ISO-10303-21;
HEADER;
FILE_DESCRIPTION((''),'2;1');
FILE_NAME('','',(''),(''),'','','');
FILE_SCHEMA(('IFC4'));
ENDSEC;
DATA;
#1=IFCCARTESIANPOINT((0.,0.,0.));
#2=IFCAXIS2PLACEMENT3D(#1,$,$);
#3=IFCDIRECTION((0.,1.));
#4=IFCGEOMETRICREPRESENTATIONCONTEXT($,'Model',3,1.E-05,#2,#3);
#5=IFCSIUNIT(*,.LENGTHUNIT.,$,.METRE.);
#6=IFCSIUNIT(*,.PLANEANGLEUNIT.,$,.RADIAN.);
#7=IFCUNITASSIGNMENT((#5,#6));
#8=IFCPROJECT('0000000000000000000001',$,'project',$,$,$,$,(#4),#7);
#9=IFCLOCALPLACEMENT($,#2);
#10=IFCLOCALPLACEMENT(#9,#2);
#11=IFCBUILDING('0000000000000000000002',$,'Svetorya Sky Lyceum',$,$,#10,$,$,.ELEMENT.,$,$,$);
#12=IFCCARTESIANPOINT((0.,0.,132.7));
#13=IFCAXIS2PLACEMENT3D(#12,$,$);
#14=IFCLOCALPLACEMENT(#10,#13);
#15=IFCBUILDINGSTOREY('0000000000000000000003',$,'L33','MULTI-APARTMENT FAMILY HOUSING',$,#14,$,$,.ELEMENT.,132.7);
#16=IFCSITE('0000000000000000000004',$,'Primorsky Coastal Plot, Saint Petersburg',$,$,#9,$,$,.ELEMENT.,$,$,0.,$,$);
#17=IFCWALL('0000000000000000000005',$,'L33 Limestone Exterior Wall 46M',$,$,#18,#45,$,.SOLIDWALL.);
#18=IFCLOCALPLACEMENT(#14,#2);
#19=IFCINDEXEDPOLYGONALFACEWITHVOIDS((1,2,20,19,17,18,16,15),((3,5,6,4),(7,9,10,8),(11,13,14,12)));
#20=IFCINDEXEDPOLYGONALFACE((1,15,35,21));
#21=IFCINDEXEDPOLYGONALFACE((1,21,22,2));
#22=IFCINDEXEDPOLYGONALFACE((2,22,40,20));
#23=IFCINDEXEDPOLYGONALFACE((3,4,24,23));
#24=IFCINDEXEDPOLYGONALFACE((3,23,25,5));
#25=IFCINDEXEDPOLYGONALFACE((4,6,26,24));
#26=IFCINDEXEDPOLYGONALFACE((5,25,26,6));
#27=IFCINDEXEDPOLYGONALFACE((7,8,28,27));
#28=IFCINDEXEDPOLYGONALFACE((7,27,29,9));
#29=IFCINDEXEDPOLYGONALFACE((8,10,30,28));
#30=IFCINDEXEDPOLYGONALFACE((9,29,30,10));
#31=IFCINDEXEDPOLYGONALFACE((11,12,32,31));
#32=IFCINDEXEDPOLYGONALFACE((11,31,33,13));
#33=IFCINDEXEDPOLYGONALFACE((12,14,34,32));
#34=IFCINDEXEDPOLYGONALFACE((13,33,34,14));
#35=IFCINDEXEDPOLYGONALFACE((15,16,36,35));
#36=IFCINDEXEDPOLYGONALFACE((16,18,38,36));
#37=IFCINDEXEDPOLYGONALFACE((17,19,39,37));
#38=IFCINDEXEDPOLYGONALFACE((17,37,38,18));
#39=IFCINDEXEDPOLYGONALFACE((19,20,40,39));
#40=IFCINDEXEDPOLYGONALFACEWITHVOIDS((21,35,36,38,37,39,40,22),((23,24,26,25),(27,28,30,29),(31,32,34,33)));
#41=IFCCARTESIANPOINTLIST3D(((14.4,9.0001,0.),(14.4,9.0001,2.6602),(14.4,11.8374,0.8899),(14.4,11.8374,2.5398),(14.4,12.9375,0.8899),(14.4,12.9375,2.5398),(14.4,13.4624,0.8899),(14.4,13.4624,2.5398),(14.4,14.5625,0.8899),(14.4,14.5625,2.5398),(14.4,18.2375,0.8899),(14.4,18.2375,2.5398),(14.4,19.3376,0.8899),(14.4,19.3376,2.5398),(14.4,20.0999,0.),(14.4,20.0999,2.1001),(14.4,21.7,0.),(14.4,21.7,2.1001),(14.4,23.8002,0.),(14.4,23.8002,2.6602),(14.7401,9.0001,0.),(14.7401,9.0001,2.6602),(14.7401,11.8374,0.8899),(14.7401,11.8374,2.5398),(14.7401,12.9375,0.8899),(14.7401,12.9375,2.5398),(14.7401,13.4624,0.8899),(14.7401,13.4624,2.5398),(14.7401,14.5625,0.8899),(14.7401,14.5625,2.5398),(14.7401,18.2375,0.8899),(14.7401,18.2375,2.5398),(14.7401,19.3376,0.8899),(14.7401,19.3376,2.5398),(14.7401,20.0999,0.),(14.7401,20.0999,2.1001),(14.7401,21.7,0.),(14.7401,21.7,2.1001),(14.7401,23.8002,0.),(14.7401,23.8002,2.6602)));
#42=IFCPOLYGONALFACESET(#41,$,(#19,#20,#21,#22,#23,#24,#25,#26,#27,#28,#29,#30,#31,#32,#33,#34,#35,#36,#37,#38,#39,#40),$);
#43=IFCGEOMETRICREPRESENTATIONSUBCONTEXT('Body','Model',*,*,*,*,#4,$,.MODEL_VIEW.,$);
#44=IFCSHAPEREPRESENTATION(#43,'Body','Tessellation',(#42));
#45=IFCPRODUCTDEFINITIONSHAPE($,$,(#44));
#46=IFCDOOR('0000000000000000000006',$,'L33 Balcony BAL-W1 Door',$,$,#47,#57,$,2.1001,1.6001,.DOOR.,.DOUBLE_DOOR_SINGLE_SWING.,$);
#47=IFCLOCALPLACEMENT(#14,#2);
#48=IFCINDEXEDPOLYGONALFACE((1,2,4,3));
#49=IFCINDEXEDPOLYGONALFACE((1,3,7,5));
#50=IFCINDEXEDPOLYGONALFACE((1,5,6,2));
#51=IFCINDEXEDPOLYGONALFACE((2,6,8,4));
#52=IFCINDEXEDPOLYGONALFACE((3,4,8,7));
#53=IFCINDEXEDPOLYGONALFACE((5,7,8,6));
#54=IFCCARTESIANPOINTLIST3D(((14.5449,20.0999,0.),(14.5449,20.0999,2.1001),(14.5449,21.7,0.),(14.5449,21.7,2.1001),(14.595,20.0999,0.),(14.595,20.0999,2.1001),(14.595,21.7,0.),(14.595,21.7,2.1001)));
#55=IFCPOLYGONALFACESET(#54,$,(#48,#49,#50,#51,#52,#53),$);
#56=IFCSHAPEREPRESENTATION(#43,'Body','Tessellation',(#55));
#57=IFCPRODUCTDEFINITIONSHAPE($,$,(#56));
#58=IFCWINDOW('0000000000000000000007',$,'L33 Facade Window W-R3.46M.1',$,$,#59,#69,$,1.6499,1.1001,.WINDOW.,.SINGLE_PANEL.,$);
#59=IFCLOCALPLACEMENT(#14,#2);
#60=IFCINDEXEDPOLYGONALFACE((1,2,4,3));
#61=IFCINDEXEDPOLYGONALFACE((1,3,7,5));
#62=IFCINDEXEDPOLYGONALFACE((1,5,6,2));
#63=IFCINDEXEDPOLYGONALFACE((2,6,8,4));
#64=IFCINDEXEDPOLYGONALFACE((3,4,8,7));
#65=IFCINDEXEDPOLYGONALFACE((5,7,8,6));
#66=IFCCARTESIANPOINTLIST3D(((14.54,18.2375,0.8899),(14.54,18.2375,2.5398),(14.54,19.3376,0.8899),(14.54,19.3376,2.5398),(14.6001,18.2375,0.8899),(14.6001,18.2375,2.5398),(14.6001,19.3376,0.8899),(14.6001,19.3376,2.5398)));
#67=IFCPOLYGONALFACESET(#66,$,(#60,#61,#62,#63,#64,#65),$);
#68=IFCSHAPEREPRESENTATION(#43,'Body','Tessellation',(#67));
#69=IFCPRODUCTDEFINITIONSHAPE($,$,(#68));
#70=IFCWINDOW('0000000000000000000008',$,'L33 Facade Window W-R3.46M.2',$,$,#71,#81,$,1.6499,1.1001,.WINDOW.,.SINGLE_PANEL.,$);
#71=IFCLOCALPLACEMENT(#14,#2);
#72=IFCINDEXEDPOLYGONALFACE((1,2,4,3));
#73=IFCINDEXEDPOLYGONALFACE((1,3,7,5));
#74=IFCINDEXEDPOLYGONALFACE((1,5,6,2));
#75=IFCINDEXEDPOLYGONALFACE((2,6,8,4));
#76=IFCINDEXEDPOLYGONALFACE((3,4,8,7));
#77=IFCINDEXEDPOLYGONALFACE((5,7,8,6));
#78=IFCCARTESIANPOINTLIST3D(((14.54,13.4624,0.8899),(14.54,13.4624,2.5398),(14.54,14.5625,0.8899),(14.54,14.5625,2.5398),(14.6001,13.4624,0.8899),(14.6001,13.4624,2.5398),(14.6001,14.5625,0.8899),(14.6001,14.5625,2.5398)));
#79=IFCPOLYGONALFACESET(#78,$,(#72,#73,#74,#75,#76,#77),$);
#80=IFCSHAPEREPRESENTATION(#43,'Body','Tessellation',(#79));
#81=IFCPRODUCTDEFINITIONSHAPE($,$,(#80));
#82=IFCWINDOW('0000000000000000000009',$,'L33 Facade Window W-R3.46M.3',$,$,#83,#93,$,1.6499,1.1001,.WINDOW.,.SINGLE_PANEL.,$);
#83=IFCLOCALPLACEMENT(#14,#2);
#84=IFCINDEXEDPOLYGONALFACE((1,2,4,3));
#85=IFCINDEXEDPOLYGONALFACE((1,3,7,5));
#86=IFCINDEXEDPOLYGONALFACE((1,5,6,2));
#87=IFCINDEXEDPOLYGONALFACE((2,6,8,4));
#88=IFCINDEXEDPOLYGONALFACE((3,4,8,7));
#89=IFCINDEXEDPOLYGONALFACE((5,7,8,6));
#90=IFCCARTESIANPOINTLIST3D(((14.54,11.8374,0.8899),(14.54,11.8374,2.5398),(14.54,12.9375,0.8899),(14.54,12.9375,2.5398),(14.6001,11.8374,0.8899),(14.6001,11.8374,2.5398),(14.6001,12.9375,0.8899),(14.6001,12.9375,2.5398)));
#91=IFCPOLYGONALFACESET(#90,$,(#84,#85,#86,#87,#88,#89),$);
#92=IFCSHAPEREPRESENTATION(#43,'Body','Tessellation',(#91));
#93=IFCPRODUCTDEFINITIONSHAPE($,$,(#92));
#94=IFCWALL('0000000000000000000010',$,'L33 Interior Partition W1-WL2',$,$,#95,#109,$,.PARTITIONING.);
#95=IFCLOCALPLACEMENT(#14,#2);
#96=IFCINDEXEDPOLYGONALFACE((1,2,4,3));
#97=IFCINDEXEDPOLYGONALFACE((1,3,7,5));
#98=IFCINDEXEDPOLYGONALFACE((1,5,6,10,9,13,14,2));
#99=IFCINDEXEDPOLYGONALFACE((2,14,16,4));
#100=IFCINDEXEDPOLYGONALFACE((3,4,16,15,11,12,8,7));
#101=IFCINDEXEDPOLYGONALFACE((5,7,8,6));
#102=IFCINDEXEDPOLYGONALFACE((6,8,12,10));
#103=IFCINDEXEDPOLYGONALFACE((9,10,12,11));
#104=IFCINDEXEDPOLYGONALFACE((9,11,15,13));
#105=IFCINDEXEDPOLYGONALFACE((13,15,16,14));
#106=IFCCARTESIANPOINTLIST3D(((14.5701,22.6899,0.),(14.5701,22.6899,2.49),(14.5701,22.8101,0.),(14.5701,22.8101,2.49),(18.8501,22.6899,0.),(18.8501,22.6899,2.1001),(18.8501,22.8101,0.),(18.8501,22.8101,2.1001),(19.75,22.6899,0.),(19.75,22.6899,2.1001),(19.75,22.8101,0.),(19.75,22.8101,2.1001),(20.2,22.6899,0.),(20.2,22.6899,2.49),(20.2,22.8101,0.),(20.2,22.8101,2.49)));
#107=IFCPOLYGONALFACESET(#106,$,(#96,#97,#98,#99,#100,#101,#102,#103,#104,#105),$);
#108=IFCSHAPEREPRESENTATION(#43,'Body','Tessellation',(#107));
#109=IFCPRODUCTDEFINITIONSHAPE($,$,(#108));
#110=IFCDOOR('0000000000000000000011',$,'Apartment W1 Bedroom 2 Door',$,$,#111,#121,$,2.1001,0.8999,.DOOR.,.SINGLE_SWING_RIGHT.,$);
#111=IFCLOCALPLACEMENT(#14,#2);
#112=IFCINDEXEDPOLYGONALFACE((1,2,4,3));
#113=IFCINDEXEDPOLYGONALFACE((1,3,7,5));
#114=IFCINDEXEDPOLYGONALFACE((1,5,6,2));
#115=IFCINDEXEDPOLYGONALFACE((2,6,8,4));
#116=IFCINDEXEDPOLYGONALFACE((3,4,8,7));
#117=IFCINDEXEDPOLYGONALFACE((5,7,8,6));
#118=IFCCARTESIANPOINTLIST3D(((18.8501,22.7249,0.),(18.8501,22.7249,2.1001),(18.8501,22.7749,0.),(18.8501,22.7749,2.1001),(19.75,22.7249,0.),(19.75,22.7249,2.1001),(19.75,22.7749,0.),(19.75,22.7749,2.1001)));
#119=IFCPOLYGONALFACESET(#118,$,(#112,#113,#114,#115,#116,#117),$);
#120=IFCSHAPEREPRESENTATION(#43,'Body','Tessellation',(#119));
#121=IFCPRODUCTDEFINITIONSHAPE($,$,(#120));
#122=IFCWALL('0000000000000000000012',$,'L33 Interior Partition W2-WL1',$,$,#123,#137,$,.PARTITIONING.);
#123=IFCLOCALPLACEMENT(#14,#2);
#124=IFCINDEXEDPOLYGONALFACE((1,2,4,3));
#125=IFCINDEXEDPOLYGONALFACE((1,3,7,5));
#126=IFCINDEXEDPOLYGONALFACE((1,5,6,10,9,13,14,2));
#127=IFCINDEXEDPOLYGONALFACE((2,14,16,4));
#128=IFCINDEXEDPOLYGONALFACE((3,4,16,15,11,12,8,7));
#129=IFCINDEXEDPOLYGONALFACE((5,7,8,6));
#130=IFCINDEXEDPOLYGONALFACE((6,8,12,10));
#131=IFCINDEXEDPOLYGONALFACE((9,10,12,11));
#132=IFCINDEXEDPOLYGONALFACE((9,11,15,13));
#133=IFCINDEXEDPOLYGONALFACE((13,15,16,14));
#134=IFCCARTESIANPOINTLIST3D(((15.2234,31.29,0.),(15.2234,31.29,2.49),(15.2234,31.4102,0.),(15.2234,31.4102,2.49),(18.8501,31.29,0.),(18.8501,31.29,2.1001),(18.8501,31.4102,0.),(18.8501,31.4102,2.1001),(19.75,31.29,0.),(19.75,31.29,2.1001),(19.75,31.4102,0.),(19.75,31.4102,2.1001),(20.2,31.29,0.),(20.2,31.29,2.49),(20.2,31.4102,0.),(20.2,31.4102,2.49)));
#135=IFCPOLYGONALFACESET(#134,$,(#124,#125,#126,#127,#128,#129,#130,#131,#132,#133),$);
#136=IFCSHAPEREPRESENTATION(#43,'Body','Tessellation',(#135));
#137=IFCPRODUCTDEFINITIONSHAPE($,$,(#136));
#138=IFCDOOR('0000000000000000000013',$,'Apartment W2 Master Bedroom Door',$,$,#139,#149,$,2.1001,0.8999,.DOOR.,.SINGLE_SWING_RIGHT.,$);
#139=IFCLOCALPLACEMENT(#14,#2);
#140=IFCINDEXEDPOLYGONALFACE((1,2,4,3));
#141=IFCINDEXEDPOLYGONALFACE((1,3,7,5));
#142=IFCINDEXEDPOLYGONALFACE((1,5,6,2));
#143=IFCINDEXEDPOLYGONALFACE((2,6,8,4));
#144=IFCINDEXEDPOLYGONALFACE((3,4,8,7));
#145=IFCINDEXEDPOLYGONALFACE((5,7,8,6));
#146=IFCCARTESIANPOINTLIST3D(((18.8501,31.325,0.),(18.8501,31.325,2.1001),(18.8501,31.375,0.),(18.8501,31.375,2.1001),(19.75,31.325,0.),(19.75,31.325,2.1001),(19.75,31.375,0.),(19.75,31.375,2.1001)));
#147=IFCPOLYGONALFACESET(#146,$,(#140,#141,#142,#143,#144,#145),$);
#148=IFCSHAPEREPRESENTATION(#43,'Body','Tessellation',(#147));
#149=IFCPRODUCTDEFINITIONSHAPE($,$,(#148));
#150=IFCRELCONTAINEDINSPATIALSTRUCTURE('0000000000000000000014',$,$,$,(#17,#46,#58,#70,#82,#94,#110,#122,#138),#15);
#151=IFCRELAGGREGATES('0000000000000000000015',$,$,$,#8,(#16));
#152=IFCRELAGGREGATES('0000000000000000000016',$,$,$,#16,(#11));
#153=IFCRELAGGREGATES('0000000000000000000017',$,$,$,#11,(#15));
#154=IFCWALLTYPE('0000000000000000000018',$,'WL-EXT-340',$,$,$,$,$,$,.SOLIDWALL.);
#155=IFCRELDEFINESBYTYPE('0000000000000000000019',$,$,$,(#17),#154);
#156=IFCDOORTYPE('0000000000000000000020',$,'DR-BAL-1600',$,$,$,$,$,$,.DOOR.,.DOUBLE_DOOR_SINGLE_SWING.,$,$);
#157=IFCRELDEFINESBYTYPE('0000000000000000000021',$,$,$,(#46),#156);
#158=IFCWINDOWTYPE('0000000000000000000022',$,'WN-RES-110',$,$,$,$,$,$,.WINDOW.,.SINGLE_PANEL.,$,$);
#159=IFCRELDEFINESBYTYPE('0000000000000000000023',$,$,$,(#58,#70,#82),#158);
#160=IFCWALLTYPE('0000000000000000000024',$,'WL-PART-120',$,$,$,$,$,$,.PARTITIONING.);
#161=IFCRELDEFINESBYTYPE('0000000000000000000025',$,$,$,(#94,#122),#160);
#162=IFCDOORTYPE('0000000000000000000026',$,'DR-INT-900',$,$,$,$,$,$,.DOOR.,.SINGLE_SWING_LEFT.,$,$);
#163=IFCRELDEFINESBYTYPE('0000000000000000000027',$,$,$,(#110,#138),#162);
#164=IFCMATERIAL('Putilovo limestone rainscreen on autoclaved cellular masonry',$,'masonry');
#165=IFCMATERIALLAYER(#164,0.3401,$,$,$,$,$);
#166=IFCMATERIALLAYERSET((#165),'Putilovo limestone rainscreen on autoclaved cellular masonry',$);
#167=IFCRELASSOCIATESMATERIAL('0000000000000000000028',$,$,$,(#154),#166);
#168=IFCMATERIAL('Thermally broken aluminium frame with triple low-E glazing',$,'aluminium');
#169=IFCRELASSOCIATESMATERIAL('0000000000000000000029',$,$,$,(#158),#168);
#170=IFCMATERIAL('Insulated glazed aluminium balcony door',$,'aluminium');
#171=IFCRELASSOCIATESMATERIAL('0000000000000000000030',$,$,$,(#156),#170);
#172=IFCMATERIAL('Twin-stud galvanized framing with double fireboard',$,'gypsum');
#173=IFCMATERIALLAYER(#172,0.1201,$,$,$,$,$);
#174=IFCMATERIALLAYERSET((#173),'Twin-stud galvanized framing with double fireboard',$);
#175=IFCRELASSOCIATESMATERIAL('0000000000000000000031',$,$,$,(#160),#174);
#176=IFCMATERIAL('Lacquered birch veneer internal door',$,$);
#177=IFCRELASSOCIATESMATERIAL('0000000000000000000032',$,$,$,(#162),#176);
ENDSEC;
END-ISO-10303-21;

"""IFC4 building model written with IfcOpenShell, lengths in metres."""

from ifc_helpers import new_model, si_unit, direction, frame, frame_2d, origin, place, context, subcontext, project, spatial, rectangle, extrude, material, layer, layer_set, type_object, element, fill, save


model = new_model("IFC4")

# Units and contexts
model_context = context("Model", 3, precision=1e-05, world=origin(), true_north=direction((0.0, 1.0)))
body_context = subcontext(model_context, "Body", "Model", "MODEL_VIEW")
ifc_project = project(units=[si_unit("LENGTHUNIT", "METRE"), si_unit("PLANEANGLEUNIT", "RADIAN")], contexts=[model_context])

# Site, building, storey
site_placement = place(None, origin())
site = spatial("IfcSite", under=ifc_project, at=site_placement, Name="Primorsky Coastal Plot, Saint Petersburg", CompositionType="ELEMENT", RefElevation=0.0)
building_placement = place(site_placement, origin())
building = spatial("IfcBuilding", under=site, at=building_placement, Name="Svetorya Sky Lyceum", CompositionType="ELEMENT")
storey_placement = place(building_placement, frame((0.0, 0.0, 132.7)))
storey = spatial("IfcBuildingStorey", under=building, at=storey_placement, Name="L33", Description="MULTI-APARTMENT FAMILY HOUSING", CompositionType="ELEMENT", Elevation=132.7)

# Shared definitions
ifc_material_1 = material(Name="Putilovo limestone rainscreen on autoclaved cellular masonry", Category="masonry")
ifc_layer_1 = layer(ifc_material_1, 0.3401)
ifc_layer_set_1 = layer_set([ifc_layer_1], Name="Putilovo limestone rainscreen on autoclaved cellular masonry")
wall_type_1 = type_object("IfcWallType", Name="WL-EXT-340", PredefinedType="SOLIDWALL", material=ifc_layer_set_1)

# Shared definitions
ifc_material_2 = material(Name="Thermally broken aluminium frame with triple low-E glazing", Category="aluminium")
window_type = type_object("IfcWindowType", Name="WN-RES-110", PartitioningType="SINGLE_PANEL", PredefinedType="WINDOW", material=ifc_material_2)

# Wall, openings, door, windows
wall_1_placement = place(storey_placement, frame((14.5701, 23.8, 0.0), z_axis=(0.0, 0.0, 1.0), x_axis=(0.0, -1.0, 0.0)))
wall_1 = element("IfcWall", 1, at=wall_1_placement, inside=storey, type_object=wall_type_1, Name="L33 Limestone Exterior Wall 46M", PredefinedType="SOLIDWALL", context=body_context, shape_type="SweptSolid", body=[
    extrude(rectangle(XDim=14.8, YDim=0.3401, at=frame_2d((7.3999, 0.0))), origin(), (0.0, 0.0, 1.0), 2.6602),
])
opening_1_placement = place(wall_1_placement, frame((2.1001, 0.0, 0.0)))
opening_1 = element("IfcOpeningElement", 2, at=opening_1_placement, cuts=wall_1, PredefinedType="OPENING", context=body_context, shape_type="SweptSolid", body=[
    extrude(rectangle(XDim=1.6001, YDim=2.1001, at=frame_2d((0.8, 1.05))), frame((0.0, 0.1799, 0.0), z_axis=(0.0, -1.0, 0.0), x_axis=(1.0, 0.0, 0.0)), (0.0, 0.0, 1.0), 0.3601),
])
opening_2_placement = place(wall_1_placement, frame((4.4624, 0.0, 0.8899)))
opening_2 = element("IfcOpeningElement", 3, at=opening_2_placement, cuts=wall_1, PredefinedType="OPENING", context=body_context, shape_type="SweptSolid", body=[
    extrude(rectangle(XDim=1.1001, YDim=1.6499, at=frame_2d((0.55, 0.825))), frame((0.0, 0.1799, 0.0), z_axis=(0.0, -1.0, 0.0), x_axis=(1.0, 0.0, 0.0)), (0.0, 0.0, 1.0), 0.3601),
])
opening_3_placement = place(wall_1_placement, frame((9.2375, 0.0, 0.8899)))
opening_3 = element("IfcOpeningElement", 4, at=opening_3_placement, cuts=wall_1, PredefinedType="OPENING", context=body_context, shape_type="SweptSolid", body=[
    extrude(rectangle(XDim=1.1001, YDim=1.6499, at=frame_2d((0.55, 0.825))), frame((0.0, 0.1799, 0.0), z_axis=(0.0, -1.0, 0.0), x_axis=(1.0, 0.0, 0.0)), (0.0, 0.0, 1.0), 0.3601),
])
opening_4_placement = place(wall_1_placement, frame((10.8625, 0.0, 0.8899)))
opening_4 = element("IfcOpeningElement", 5, at=opening_4_placement, cuts=wall_1, PredefinedType="OPENING", context=body_context, shape_type="SweptSolid", body=[
    extrude(rectangle(XDim=1.1001, YDim=1.6499, at=frame_2d((0.55, 0.825))), frame((0.0, 0.1799, 0.0), z_axis=(0.0, -1.0, 0.0), x_axis=(1.0, 0.0, 0.0)), (0.0, 0.0, 1.0), 0.3601),
])
ifc_material_3 = material(Name="Insulated glazed aluminium balcony door", Category="aluminium")
door_type_1 = type_object("IfcDoorType", Name="DR-BAL-1600", OperationType="DOUBLE_DOOR_SINGLE_SWING", PredefinedType="DOOR", material=ifc_material_3)
door_1_placement = place(opening_1_placement, origin())
door_1 = element("IfcDoor", 6, at=door_1_placement, inside=storey, type_object=door_type_1, Name="L33 Balcony BAL-W1 Door", OperationType="DOUBLE_DOOR_SINGLE_SWING", OverallHeight=2.1001, OverallWidth=1.6001, PredefinedType="DOOR", context=body_context, shape_type="SweptSolid", body=[
    extrude(rectangle(XDim=1.6001, YDim=2.1001, at=frame_2d((0.8, 1.05))), frame((0.0, 0.0249, 0.0), z_axis=(0.0, -1.0, 0.0), x_axis=(1.0, 0.0, 0.0)), (0.0, 0.0, 1.0), 0.05),
])
fill(opening_1, door_1)
window_1_placement = place(opening_2_placement, origin())
window_1 = element("IfcWindow", 7, at=window_1_placement, inside=storey, type_object=window_type, Name="L33 Facade Window W-R3.46M.1", OverallHeight=1.6499, OverallWidth=1.1001, PartitioningType="SINGLE_PANEL", PredefinedType="WINDOW", context=body_context, shape_type="SweptSolid", body=[
    extrude(rectangle(XDim=1.1001, YDim=1.6499, at=frame_2d((0.55, 0.825))), frame((0.0, 0.03, 0.0), z_axis=(0.0, -1.0, 0.0), x_axis=(1.0, 0.0, 0.0)), (0.0, 0.0, 1.0), 0.0601),
])
fill(opening_2, window_1)
window_2_placement = place(opening_3_placement, origin())
window_2 = element("IfcWindow", 8, at=window_2_placement, inside=storey, type_object=window_type, Name="L33 Facade Window W-R3.46M.2", OverallHeight=1.6499, OverallWidth=1.1001, PartitioningType="SINGLE_PANEL", PredefinedType="WINDOW", context=body_context, shape_type="SweptSolid", body=[
    extrude(rectangle(XDim=1.1001, YDim=1.6499, at=frame_2d((0.55, 0.825))), frame((0.0, 0.03, 0.0), z_axis=(0.0, -1.0, 0.0), x_axis=(1.0, 0.0, 0.0)), (0.0, 0.0, 1.0), 0.0601),
])
fill(opening_3, window_2)
window_3_placement = place(opening_4_placement, origin())
window_3 = element("IfcWindow", 9, at=window_3_placement, inside=storey, type_object=window_type, Name="L33 Facade Window W-R3.46M.3", OverallHeight=1.6499, OverallWidth=1.1001, PartitioningType="SINGLE_PANEL", PredefinedType="WINDOW", context=body_context, shape_type="SweptSolid", body=[
    extrude(rectangle(XDim=1.1001, YDim=1.6499, at=frame_2d((0.55, 0.825))), frame((0.0, 0.03, 0.0), z_axis=(0.0, -1.0, 0.0), x_axis=(1.0, 0.0, 0.0)), (0.0, 0.0, 1.0), 0.0601),
])
fill(opening_4, window_3)

# Walls, openings, doors
ifc_material_4 = material(Name="Twin-stud galvanized framing with double fireboard", Category="gypsum")
ifc_layer_2 = layer(ifc_material_4, 0.1201)
ifc_layer_set_2 = layer_set([ifc_layer_2], Name="Twin-stud galvanized framing with double fireboard")
wall_type_2 = type_object("IfcWallType", Name="WL-PART-120", PredefinedType="PARTITIONING", material=ifc_layer_set_2)
wall_2_placement = place(storey_placement, frame((14.5701, 22.75, 0.0), z_axis=(0.0, 0.0, 1.0), x_axis=(1.0, 0.0, 0.0)))
wall_2 = element("IfcWall", 10, at=wall_2_placement, inside=storey, type_object=wall_type_2, Name="L33 Interior Partition W1-WL2", PredefinedType="PARTITIONING", context=body_context, shape_type="SweptSolid", body=[
    extrude(rectangle(XDim=5.6299, YDim=0.1201, at=frame_2d((2.8149, 0.0))), origin(), (0.0, 0.0, 1.0), 2.49),
])
opening_5_placement = place(wall_2_placement, frame((4.28, 0.0, 0.0)))
opening_5 = element("IfcOpeningElement", 11, at=opening_5_placement, cuts=wall_2, PredefinedType="OPENING", context=body_context, shape_type="SweptSolid", body=[
    extrude(rectangle(XDim=0.8999, YDim=2.1001, at=frame_2d((0.45, 1.05))), frame((0.0, 0.0701, 0.0), z_axis=(0.0, -1.0, 0.0), x_axis=(1.0, 0.0, 0.0)), (0.0, 0.0, 1.0), 0.1401),
])
ifc_material_5 = material(Name="Lacquered birch veneer internal door")
door_type_2 = type_object("IfcDoorType", Name="DR-INT-900", OperationType="SINGLE_SWING_LEFT", PredefinedType="DOOR", material=ifc_material_5)
door_2_placement = place(opening_5_placement, origin())
door_2 = element("IfcDoor", 12, at=door_2_placement, inside=storey, type_object=door_type_2, Name="Apartment W1 Bedroom 2 Door", OperationType="SINGLE_SWING_RIGHT", OverallHeight=2.1001, OverallWidth=0.8999, PredefinedType="DOOR", context=body_context, shape_type="SweptSolid", body=[
    extrude(rectangle(XDim=0.8999, YDim=2.1001, at=frame_2d((0.45, 1.05))), frame((0.0, 0.0249, 0.0), z_axis=(0.0, -1.0, 0.0), x_axis=(1.0, 0.0, 0.0)), (0.0, 0.0, 1.0), 0.05),
])
fill(opening_5, door_2)
wall_3_placement = place(storey_placement, frame((15.2234, 31.3501, 0.0), z_axis=(0.0, 0.0, 1.0), x_axis=(1.0, 0.0, 0.0)))
wall_3 = element("IfcWall", 13, at=wall_3_placement, inside=storey, type_object=wall_type_2, Name="L33 Interior Partition W2-WL1", PredefinedType="PARTITIONING", context=body_context, shape_type="SweptSolid", body=[
    extrude(rectangle(XDim=4.9766, YDim=0.1201, at=frame_2d((2.4883, 0.0))), origin(), (0.0, 0.0, 1.0), 2.49),
])
opening_6_placement = place(wall_3_placement, frame((3.6267, 0.0, 0.0)))
opening_6 = element("IfcOpeningElement", 14, at=opening_6_placement, cuts=wall_3, PredefinedType="OPENING", context=body_context, shape_type="SweptSolid", body=[
    extrude(rectangle(XDim=0.8999, YDim=2.1001, at=frame_2d((0.45, 1.05))), frame((0.0, 0.0701, 0.0), z_axis=(0.0, -1.0, 0.0), x_axis=(1.0, 0.0, 0.0)), (0.0, 0.0, 1.0), 0.1401),
])
door_3_placement = place(opening_6_placement, origin())
door_3 = element("IfcDoor", 15, at=door_3_placement, inside=storey, type_object=door_type_2, Name="Apartment W2 Master Bedroom Door", OperationType="SINGLE_SWING_RIGHT", OverallHeight=2.1001, OverallWidth=0.8999, PredefinedType="DOOR", context=body_context, shape_type="SweptSolid", body=[
    extrude(rectangle(XDim=0.8999, YDim=2.1001, at=frame_2d((0.45, 1.05))), frame((0.0, 0.0249, 0.0), z_axis=(0.0, -1.0, 0.0), x_axis=(1.0, 0.0, 0.0)), (0.0, 0.0, 1.0), 0.05),
])
fill(opening_6, door_3)

save(model, "model.ifc")
